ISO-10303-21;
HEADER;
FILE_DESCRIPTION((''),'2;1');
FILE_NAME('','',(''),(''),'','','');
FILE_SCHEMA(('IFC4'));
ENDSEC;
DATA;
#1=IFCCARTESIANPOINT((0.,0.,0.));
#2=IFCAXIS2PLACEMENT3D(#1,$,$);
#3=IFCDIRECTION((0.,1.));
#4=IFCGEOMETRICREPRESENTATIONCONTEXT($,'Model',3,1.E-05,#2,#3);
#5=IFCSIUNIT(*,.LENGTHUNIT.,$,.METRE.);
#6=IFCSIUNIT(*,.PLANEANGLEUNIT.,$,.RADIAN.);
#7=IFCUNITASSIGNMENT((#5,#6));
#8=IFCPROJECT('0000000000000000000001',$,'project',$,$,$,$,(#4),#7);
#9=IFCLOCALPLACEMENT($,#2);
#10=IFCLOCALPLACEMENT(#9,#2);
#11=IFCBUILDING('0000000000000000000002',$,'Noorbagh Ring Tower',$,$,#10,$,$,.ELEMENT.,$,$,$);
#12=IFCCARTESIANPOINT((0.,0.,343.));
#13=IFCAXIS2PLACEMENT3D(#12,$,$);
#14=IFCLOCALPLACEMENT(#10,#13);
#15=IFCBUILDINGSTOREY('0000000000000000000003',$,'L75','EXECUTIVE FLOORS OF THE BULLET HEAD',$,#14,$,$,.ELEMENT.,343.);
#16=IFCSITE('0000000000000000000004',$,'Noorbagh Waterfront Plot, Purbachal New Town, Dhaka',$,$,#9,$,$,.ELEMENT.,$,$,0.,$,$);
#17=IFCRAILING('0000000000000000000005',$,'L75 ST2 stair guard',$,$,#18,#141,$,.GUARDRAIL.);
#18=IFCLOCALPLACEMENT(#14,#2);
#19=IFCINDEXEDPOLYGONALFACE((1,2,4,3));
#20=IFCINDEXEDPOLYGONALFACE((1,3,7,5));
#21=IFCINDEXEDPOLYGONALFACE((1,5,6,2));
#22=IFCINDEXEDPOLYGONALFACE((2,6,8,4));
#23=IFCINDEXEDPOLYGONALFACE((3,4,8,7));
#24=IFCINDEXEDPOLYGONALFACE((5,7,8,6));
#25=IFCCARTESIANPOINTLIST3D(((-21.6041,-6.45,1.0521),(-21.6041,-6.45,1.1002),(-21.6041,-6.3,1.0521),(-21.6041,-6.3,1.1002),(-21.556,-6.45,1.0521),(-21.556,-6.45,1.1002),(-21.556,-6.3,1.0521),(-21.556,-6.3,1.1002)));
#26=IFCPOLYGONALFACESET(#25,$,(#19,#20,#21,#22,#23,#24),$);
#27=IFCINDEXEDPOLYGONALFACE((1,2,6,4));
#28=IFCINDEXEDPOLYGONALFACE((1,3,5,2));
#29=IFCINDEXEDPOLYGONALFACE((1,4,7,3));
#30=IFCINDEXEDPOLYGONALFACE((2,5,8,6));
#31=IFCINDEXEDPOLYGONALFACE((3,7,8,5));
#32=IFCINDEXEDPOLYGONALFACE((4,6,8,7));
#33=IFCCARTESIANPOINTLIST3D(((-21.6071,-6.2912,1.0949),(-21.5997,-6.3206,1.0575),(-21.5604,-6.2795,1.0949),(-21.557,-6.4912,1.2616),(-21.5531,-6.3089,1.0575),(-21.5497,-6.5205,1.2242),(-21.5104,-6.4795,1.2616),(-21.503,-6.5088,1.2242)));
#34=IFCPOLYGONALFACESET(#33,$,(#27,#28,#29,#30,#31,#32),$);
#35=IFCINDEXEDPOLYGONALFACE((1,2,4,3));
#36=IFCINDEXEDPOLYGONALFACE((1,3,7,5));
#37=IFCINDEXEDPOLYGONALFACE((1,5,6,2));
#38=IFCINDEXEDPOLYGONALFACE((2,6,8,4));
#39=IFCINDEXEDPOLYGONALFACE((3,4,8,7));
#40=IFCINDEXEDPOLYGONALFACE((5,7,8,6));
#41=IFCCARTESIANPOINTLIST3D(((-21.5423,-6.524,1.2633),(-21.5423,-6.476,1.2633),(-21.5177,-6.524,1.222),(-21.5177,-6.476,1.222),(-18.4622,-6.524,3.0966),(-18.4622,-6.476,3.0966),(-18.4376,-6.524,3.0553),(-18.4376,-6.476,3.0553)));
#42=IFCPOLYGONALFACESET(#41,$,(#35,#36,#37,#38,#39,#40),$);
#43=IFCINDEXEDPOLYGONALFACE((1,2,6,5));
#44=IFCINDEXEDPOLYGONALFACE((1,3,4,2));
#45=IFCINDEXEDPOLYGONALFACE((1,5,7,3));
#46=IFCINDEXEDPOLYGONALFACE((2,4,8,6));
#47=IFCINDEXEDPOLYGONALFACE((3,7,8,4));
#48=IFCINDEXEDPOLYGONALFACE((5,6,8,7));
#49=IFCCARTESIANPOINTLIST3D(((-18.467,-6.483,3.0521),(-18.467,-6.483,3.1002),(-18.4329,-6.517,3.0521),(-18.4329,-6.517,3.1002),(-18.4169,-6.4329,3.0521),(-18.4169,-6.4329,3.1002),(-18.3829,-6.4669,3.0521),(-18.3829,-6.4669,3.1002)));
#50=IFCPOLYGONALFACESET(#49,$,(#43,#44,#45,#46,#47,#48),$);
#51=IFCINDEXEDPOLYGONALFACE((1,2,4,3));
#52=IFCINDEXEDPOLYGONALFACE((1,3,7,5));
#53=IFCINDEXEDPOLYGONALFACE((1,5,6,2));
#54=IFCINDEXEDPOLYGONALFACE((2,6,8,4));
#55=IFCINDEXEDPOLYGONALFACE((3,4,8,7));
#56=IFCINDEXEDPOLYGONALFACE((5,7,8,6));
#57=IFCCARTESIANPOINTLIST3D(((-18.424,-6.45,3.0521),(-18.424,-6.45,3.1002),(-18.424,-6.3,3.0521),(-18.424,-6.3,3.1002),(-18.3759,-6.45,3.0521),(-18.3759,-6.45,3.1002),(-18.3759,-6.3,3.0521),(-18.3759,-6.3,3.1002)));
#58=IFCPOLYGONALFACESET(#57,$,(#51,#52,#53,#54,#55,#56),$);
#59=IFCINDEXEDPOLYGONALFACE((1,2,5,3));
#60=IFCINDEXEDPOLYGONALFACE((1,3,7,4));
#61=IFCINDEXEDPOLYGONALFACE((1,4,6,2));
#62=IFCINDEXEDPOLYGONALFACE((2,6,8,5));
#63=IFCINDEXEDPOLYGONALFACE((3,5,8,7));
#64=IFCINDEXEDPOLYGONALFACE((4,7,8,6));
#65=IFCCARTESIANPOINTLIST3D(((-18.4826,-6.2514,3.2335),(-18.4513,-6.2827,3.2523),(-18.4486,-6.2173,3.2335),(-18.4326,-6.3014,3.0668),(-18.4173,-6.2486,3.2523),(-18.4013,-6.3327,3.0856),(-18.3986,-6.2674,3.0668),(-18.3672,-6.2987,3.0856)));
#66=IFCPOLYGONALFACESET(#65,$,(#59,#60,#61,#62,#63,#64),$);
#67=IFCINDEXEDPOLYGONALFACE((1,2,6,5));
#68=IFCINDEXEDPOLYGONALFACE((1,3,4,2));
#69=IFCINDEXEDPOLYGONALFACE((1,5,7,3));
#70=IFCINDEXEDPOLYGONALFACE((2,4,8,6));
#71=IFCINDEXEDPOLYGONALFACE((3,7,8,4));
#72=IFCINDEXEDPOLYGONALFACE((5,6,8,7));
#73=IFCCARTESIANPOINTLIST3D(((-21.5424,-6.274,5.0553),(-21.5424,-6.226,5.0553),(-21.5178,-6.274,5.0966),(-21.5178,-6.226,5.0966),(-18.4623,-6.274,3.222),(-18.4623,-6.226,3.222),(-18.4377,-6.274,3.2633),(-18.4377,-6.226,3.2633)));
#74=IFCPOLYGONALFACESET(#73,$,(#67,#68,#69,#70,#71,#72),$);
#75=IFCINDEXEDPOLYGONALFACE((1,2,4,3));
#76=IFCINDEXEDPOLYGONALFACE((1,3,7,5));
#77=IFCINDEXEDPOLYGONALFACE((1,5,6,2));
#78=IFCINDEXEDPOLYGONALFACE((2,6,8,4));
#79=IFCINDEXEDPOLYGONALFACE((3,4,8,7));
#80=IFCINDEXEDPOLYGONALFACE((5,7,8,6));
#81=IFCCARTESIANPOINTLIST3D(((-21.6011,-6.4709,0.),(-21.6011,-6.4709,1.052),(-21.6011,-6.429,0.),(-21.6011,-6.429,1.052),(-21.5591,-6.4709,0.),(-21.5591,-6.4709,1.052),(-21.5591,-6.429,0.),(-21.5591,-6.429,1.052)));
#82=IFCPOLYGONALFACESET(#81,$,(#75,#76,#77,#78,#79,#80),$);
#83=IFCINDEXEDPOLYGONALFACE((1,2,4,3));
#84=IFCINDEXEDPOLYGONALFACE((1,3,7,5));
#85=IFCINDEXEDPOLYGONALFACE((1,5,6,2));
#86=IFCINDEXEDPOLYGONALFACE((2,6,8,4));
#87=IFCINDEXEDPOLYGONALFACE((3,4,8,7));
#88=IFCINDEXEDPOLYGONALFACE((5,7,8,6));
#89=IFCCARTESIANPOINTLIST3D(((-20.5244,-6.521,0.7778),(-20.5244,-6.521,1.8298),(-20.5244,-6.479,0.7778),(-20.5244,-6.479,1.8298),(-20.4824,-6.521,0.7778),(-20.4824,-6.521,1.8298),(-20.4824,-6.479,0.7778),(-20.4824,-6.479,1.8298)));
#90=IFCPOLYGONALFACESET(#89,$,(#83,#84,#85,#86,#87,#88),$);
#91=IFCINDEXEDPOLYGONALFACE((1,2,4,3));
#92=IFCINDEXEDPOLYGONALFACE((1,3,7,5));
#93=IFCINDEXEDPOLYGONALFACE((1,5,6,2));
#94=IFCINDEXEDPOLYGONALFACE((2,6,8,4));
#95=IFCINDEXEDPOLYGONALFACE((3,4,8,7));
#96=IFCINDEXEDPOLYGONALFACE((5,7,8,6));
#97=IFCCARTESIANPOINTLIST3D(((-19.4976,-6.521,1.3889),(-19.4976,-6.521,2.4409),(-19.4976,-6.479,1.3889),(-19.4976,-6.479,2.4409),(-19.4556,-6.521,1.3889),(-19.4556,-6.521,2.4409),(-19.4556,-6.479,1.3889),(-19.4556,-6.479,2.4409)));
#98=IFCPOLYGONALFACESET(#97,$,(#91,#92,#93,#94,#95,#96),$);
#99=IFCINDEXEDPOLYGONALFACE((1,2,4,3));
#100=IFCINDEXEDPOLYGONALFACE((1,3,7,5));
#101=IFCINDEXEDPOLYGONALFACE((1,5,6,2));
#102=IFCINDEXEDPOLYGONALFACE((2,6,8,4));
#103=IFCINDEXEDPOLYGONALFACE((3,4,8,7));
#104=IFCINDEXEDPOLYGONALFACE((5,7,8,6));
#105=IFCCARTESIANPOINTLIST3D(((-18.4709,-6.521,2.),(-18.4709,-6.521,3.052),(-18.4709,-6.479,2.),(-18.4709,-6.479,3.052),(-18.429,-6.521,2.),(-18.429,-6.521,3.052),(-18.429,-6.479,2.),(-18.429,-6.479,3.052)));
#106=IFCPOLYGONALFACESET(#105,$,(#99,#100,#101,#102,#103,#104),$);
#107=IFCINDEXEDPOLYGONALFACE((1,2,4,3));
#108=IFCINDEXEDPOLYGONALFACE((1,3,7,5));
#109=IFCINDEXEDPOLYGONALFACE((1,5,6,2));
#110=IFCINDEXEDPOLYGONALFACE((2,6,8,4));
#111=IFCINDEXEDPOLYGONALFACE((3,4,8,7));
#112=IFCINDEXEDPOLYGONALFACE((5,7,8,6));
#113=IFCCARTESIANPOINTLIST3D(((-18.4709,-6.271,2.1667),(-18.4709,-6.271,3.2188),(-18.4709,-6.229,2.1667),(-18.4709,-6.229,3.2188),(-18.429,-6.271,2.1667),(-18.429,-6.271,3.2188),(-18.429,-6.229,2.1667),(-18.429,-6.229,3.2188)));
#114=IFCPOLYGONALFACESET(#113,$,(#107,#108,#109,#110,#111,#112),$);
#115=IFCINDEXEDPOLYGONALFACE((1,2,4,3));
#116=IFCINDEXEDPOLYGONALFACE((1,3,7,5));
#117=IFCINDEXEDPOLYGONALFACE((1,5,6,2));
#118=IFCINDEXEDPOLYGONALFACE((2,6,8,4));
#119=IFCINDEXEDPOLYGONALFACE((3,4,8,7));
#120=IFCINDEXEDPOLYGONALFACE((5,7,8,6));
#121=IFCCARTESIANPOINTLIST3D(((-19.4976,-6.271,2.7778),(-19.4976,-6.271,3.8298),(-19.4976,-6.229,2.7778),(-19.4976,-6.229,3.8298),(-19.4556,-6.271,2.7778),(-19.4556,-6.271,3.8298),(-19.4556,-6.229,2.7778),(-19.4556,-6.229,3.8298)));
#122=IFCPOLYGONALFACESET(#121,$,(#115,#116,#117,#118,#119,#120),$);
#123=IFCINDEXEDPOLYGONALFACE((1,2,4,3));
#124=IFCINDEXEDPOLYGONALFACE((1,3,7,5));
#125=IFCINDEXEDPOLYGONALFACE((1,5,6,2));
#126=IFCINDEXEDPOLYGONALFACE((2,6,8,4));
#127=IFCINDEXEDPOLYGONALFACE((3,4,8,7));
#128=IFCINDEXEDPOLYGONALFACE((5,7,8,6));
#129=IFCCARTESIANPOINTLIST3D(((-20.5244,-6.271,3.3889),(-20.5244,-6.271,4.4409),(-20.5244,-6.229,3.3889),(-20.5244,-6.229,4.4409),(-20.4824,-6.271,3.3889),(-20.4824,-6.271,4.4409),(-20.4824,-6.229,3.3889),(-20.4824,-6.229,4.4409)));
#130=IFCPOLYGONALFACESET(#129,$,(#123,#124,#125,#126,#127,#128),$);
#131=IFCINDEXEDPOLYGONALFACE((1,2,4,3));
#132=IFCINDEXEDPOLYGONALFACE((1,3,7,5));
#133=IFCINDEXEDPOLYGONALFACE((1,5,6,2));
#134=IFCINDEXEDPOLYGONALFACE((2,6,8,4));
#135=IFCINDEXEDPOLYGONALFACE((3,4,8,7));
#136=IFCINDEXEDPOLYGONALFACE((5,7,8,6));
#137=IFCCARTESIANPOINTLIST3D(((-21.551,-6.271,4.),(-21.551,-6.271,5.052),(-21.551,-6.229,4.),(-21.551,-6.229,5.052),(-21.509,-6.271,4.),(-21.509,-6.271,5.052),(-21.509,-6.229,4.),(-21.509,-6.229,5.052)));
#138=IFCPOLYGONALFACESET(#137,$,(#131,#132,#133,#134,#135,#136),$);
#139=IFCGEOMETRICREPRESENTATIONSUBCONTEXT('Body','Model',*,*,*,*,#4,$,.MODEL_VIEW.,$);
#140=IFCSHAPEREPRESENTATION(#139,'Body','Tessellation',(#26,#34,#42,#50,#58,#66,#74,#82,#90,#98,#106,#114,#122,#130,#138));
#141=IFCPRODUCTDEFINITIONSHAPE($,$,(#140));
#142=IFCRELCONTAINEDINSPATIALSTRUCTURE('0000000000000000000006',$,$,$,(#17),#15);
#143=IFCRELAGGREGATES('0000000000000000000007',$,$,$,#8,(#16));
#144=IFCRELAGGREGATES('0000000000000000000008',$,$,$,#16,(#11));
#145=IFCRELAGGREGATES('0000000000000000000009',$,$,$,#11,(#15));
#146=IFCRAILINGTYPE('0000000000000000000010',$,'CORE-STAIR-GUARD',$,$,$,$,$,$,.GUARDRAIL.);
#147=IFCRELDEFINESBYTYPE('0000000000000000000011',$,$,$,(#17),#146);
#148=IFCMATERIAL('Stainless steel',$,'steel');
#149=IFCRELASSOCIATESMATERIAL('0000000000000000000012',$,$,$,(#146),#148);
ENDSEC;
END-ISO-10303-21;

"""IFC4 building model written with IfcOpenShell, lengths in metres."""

from ifc_helpers import new_model, si_unit, direction, frame, origin, origin_2d, place, context, subcontext, project, spatial, rectangle, extrude, material, type_object, element, save


model = new_model("IFC4")

# Units and contexts
model_context = context("Model", 3, precision=1e-05, world=origin(), true_north=direction((0.0, 1.0)))
body_context = subcontext(model_context, "Body", "Model", "MODEL_VIEW")
ifc_project = project(units=[si_unit("LENGTHUNIT", "METRE"), si_unit("PLANEANGLEUNIT", "RADIAN")], contexts=[model_context])

# Site, building, storey
site_placement = place(None, origin())
site = spatial("IfcSite", under=ifc_project, at=site_placement, Name="Noorbagh Waterfront Plot, Purbachal New Town, Dhaka", CompositionType="ELEMENT", RefElevation=0.0)
building_placement = place(site_placement, origin())
building = spatial("IfcBuilding", under=site, at=building_placement, Name="Noorbagh Ring Tower", CompositionType="ELEMENT")
storey_placement = place(building_placement, frame((0.0, 0.0, 343.0)))
storey = spatial("IfcBuildingStorey", under=building, at=storey_placement, Name="L75", Description="EXECUTIVE FLOORS OF THE BULLET HEAD", CompositionType="ELEMENT", Elevation=343.0)

# Railing
ifc_material_1 = material(Name="Stainless steel", Category="steel")
railing_type_1 = type_object("IfcRailingType", Name="CORE-STAIR-GUARD", PredefinedType="GUARDRAIL", material=ifc_material_1)
railing_1_placement = place(storey_placement, frame((-21.5801, -6.45, 0.0)))
element("IfcRailing", 1, at=railing_1_placement, inside=storey, type_object=railing_type_1, Name="L75 ST2 stair guard", PredefinedType="GUARDRAIL", context=body_context, shape_type="SweptSolid", body=[
    extrude(rectangle(XDim=0.0481, YDim=0.0481, at=origin_2d()), frame((0.0, 0.0, 1.0762), z_axis=(0.0, 1.0, 0.0), x_axis=(-1.0, 0.0, 0.0)), (0.0, 0.0, 1.0), 0.1499),
    extrude(rectangle(XDim=0.0481, YDim=0.0481, at=origin_2d()), frame((0.0, 0.1499, 1.0762), z_axis=(0.188776, -0.754182, 0.628946), x_axis=(0.970073, 0.242814, 0.0)), (0.0, 0.0, 1.0), 0.2651),
    extrude(rectangle(XDim=0.0481, YDim=0.0481, at=origin_2d()), frame((0.05, -0.05, 1.2427), z_axis=(0.859309, 0.0, 0.511458), x_axis=(0.0, 1.0, 0.0)), (0.0, 0.0, 1.0), 3.5845),
    extrude(rectangle(XDim=0.0481, YDim=0.0481, at=origin_2d()), frame((3.1301, -0.05, 3.0762), z_axis=(0.707107, 0.707107, 0.0), x_axis=(-0.707107, 0.707107, 0.0)), (0.0, 0.0, 1.0), 0.0708),
    extrude(rectangle(XDim=0.0481, YDim=0.0481, at=origin_2d()), frame((3.1802, 0.0, 3.0762), z_axis=(0.0, 1.0, 0.0), x_axis=(-1.0, 0.0, 0.0)), (0.0, 0.0, 1.0), 0.1499),
    extrude(rectangle(XDim=0.0481, YDim=0.0481, at=origin_2d()), frame((3.1802, 0.1499, 3.0762), z_axis=(-0.276287, 0.276287, 0.920506), x_axis=(-0.707107, -0.707107, 0.0)), (0.0, 0.0, 1.0), 0.1812),
    extrude(rectangle(XDim=0.0481, YDim=0.0481, at=origin_2d()), frame((3.1301, 0.2, 3.2427), z_axis=(-0.859309, 0.0, 0.511458), x_axis=(0.0, -1.0, 0.0)), (0.0, 0.0, 1.0), 3.5845),
    extrude(rectangle(XDim=0.042, YDim=0.042, at=origin_2d()), origin(), (0.0, 0.0, 1.0), 1.052),
    extrude(rectangle(XDim=0.042, YDim=0.042, at=origin_2d()), frame((1.0767, -0.05, 0.7778)), (0.0, 0.0, 1.0), 1.052),
    extrude(rectangle(XDim=0.042, YDim=0.042, at=origin_2d()), frame((2.1035, -0.05, 1.3889)), (0.0, 0.0, 1.0), 1.052),
    extrude(rectangle(XDim=0.042, YDim=0.042, at=origin_2d()), frame((3.1301, -0.05, 2.0)), (0.0, 0.0, 1.0), 1.052),
    extrude(rectangle(XDim=0.042, YDim=0.042, at=origin_2d()), frame((3.1301, 0.2, 2.1667)), (0.0, 0.0, 1.0), 1.052),
    extrude(rectangle(XDim=0.042, YDim=0.042, at=origin_2d()), frame((2.1035, 0.2, 2.7778)), (0.0, 0.0, 1.0), 1.052),
    extrude(rectangle(XDim=0.042, YDim=0.042, at=origin_2d()), frame((1.0767, 0.2, 3.3889)), (0.0, 0.0, 1.0), 1.052),
    extrude(rectangle(XDim=0.042, YDim=0.042, at=origin_2d()), frame((0.05, 0.2, 4.0)), (0.0, 0.0, 1.0), 1.052),
])

save(model, "model.ifc")
